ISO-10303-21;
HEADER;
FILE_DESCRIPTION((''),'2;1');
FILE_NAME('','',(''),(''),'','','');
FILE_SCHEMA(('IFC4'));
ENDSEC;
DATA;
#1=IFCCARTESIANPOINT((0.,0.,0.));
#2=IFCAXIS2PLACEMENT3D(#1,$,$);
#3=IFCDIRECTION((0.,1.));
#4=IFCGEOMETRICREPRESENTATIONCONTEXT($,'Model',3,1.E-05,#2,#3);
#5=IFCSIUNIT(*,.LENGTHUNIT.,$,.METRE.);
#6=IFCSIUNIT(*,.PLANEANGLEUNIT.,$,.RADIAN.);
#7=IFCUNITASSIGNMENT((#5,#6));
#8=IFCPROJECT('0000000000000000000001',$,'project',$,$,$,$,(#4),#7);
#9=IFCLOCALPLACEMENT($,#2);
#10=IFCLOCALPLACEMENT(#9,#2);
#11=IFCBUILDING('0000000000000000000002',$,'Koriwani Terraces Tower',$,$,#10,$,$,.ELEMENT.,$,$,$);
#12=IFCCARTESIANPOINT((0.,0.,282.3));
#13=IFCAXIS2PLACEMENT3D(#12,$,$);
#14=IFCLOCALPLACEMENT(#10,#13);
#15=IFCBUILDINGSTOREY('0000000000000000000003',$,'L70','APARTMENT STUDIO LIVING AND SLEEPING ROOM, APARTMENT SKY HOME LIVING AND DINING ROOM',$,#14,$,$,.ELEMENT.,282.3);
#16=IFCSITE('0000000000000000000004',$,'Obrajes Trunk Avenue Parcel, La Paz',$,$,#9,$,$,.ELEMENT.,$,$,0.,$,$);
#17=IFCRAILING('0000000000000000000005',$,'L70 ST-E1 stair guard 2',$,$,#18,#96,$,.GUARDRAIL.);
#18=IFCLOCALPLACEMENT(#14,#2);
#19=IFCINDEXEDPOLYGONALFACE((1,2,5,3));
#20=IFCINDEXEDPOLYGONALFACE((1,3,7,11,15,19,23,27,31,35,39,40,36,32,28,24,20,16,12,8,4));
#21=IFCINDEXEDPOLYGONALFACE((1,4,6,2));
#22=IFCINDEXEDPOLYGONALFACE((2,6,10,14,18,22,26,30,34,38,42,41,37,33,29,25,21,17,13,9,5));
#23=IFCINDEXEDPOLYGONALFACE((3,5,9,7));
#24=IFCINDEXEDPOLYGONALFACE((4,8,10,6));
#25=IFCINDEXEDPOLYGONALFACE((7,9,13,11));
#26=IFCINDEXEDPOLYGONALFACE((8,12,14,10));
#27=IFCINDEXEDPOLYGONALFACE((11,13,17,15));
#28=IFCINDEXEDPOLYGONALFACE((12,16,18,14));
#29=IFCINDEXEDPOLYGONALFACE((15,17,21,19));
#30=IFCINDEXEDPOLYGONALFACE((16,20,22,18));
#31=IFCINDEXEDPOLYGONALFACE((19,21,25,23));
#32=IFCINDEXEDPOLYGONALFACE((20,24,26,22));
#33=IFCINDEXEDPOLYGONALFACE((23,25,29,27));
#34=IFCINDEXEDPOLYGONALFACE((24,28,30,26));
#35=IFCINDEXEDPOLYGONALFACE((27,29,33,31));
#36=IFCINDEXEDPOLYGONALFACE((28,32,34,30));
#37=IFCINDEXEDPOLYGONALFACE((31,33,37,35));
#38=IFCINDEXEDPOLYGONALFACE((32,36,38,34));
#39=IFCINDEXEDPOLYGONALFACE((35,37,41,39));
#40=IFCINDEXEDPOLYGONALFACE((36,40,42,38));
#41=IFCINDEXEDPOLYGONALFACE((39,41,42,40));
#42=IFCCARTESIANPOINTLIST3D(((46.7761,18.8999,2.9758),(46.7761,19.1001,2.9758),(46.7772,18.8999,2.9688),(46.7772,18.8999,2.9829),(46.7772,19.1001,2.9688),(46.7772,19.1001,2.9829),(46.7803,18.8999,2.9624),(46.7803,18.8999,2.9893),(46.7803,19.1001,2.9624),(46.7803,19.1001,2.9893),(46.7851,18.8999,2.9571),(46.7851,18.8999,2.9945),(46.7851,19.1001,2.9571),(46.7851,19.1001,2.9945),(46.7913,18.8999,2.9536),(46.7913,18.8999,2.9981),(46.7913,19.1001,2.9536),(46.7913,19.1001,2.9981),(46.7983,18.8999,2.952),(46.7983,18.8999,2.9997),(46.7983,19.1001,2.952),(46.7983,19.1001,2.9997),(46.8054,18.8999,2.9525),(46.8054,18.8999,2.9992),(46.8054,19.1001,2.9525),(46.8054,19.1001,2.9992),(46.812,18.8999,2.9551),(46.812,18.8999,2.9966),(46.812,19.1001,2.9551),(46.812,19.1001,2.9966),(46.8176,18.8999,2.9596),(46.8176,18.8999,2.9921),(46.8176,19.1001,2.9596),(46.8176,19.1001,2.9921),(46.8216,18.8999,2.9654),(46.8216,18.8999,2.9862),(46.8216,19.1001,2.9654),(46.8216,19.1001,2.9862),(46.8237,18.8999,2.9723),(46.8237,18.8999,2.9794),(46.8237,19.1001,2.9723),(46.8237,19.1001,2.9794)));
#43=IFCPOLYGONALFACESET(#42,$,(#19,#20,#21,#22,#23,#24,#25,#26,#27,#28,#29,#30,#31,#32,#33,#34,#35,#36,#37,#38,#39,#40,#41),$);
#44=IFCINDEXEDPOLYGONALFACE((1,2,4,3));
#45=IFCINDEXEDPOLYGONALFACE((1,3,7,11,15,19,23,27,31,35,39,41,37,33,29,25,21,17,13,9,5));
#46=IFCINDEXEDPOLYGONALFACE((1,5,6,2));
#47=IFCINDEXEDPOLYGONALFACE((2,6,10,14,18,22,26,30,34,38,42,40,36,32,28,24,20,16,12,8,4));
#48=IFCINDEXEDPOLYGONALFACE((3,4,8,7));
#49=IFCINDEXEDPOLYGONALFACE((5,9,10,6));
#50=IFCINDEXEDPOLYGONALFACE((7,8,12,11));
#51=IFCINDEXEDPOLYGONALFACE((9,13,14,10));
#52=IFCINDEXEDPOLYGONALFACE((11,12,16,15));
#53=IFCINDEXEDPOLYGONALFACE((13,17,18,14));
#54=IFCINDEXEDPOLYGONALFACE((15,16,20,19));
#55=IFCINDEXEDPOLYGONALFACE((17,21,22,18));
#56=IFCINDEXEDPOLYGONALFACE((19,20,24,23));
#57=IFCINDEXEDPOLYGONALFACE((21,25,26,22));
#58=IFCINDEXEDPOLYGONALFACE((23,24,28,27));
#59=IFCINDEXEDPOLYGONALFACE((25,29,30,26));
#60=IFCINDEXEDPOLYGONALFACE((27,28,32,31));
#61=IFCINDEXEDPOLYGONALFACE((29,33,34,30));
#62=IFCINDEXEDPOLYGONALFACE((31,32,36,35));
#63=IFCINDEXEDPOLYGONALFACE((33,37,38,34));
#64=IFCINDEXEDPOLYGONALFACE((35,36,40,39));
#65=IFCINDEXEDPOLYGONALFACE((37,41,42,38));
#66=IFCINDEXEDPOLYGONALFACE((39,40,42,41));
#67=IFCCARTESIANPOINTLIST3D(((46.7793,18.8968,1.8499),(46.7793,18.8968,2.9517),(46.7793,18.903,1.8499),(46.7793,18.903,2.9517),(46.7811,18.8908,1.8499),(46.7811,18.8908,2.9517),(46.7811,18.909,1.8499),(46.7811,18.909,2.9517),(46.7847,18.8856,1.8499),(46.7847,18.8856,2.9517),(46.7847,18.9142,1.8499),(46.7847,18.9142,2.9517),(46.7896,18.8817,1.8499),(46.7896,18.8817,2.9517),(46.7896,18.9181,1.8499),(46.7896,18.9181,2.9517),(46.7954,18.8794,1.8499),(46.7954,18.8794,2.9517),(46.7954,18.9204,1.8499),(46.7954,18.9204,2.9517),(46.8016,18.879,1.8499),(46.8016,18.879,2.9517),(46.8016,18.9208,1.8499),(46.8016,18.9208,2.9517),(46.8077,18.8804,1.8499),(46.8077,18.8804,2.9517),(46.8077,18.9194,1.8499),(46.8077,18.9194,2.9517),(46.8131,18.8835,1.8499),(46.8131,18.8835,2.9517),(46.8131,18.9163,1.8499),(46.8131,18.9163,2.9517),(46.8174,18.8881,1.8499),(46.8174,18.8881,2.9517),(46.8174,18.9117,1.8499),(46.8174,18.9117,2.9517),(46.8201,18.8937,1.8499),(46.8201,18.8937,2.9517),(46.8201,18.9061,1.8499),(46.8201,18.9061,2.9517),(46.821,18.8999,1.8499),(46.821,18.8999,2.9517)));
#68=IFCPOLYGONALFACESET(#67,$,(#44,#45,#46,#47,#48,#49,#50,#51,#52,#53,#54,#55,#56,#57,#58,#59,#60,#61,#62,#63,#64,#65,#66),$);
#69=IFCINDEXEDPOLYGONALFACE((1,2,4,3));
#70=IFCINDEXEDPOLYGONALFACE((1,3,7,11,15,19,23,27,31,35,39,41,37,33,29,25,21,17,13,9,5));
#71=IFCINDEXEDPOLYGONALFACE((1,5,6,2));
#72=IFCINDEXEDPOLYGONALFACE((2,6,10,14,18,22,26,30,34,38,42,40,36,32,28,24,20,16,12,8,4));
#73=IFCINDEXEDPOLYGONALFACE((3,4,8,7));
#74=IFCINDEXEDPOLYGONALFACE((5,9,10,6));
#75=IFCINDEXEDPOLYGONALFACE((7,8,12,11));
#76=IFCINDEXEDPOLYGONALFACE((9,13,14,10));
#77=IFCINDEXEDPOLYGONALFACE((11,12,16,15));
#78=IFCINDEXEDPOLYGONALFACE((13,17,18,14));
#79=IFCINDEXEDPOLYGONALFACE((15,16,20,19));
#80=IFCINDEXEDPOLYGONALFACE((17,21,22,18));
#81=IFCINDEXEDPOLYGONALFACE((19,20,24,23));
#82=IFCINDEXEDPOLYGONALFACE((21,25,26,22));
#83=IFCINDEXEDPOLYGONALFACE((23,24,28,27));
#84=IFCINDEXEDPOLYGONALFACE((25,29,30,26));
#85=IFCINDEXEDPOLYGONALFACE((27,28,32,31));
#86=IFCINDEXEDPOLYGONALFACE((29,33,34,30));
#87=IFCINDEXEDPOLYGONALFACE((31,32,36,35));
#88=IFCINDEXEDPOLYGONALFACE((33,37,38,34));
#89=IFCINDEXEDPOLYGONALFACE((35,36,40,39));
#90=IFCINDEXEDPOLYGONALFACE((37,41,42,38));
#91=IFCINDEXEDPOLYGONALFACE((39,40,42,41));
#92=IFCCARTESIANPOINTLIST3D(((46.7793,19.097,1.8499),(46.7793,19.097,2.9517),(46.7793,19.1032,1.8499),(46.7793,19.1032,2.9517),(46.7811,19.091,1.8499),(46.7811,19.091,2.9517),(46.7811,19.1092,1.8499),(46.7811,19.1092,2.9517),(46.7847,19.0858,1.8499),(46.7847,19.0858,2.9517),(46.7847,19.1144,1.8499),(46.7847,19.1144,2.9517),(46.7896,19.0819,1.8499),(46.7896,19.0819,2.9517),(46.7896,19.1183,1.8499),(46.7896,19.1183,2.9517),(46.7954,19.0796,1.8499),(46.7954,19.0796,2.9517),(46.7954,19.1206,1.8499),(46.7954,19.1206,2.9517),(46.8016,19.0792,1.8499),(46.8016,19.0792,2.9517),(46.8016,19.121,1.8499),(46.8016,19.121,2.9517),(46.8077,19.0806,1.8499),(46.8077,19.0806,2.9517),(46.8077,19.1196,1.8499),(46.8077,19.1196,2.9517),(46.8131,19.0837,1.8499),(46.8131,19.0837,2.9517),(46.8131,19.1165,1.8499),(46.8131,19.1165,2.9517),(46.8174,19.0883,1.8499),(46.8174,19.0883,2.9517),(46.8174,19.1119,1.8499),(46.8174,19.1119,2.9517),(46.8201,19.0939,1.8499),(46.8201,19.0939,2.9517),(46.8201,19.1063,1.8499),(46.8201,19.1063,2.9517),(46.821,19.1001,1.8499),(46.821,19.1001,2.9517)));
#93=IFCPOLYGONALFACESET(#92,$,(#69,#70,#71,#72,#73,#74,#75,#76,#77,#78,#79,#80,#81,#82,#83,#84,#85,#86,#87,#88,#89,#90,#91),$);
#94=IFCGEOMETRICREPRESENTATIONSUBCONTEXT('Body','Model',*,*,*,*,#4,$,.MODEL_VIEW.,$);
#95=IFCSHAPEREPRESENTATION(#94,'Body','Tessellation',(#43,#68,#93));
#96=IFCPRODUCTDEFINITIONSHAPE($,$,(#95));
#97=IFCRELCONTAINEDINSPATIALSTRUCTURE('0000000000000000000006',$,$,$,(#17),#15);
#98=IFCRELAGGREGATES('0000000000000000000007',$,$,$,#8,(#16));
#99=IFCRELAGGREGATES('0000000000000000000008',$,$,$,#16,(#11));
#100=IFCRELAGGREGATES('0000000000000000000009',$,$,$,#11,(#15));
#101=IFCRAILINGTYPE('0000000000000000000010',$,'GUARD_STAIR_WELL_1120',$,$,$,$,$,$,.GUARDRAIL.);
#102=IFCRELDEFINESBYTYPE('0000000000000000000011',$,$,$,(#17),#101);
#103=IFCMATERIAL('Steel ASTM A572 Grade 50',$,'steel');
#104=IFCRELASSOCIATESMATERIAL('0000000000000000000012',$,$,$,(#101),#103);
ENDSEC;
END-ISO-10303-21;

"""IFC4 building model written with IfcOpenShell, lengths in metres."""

from ifc_helpers import new_model, si_unit, direction, frame, origin, origin_2d, place, context, subcontext, project, spatial, circle, extrude, material, type_object, element, save


model = new_model("IFC4")

# Units and contexts
model_context = context("Model", 3, precision=1e-05, world=origin(), true_north=direction((0.0, 1.0)))
body_context = subcontext(model_context, "Body", "Model", "MODEL_VIEW")
ifc_project = project(units=[si_unit("LENGTHUNIT", "METRE"), si_unit("PLANEANGLEUNIT", "RADIAN")], contexts=[model_context])

# Site, building, storey
site_placement = place(None, origin())
site = spatial("IfcSite", under=ifc_project, at=site_placement, Name="Obrajes Trunk Avenue Parcel, La Paz", CompositionType="ELEMENT", RefElevation=0.0)
building_placement = place(site_placement, origin())
building = spatial("IfcBuilding", under=site, at=building_placement, Name="Koriwani Terraces Tower", CompositionType="ELEMENT")
storey_placement = place(building_placement, frame((0.0, 0.0, 282.3)))
storey = spatial("IfcBuildingStorey", under=building, at=storey_placement, Name="L70", Description="APARTMENT STUDIO LIVING AND SLEEPING ROOM, APARTMENT SKY HOME LIVING AND DINING ROOM", CompositionType="ELEMENT", Elevation=282.3)

# Shared definitions
ifc_material_1 = material(Name="Steel ASTM A572 Grade 50", Category="steel")

# Railing
railing_type_1 = type_object("IfcRailingType", Name="GUARD_STAIR_WELL_1120", PredefinedType="GUARDRAIL", material=ifc_material_1)
railing_1_placement = place(storey_placement, frame((46.8, 18.8999, 1.8499)))
element("IfcRailing", 1, at=railing_1_placement, inside=storey, type_object=railing_type_1, Name="L70 ST-E1 stair guard 2", PredefinedType="GUARDRAIL", context=body_context, shape_type="SweptSolid", body=[
    extrude(circle(Radius=0.0239, at=origin_2d()), frame((0.0, 0.0, 1.126), z_axis=(0.0, 1.0, 0.0), x_axis=(-1.0, 0.0, 0.0)), (0.0, 0.0, 1.0), 0.2002),
    extrude(circle(Radius=0.021, at=origin_2d()), origin(), (0.0, 0.0, 1.0), 1.1018),
    extrude(circle(Radius=0.021, at=origin_2d()), frame((0.0, 0.2002, 0.0)), (0.0, 0.0, 1.0), 1.1018),
])

save(model, "model.ifc")
